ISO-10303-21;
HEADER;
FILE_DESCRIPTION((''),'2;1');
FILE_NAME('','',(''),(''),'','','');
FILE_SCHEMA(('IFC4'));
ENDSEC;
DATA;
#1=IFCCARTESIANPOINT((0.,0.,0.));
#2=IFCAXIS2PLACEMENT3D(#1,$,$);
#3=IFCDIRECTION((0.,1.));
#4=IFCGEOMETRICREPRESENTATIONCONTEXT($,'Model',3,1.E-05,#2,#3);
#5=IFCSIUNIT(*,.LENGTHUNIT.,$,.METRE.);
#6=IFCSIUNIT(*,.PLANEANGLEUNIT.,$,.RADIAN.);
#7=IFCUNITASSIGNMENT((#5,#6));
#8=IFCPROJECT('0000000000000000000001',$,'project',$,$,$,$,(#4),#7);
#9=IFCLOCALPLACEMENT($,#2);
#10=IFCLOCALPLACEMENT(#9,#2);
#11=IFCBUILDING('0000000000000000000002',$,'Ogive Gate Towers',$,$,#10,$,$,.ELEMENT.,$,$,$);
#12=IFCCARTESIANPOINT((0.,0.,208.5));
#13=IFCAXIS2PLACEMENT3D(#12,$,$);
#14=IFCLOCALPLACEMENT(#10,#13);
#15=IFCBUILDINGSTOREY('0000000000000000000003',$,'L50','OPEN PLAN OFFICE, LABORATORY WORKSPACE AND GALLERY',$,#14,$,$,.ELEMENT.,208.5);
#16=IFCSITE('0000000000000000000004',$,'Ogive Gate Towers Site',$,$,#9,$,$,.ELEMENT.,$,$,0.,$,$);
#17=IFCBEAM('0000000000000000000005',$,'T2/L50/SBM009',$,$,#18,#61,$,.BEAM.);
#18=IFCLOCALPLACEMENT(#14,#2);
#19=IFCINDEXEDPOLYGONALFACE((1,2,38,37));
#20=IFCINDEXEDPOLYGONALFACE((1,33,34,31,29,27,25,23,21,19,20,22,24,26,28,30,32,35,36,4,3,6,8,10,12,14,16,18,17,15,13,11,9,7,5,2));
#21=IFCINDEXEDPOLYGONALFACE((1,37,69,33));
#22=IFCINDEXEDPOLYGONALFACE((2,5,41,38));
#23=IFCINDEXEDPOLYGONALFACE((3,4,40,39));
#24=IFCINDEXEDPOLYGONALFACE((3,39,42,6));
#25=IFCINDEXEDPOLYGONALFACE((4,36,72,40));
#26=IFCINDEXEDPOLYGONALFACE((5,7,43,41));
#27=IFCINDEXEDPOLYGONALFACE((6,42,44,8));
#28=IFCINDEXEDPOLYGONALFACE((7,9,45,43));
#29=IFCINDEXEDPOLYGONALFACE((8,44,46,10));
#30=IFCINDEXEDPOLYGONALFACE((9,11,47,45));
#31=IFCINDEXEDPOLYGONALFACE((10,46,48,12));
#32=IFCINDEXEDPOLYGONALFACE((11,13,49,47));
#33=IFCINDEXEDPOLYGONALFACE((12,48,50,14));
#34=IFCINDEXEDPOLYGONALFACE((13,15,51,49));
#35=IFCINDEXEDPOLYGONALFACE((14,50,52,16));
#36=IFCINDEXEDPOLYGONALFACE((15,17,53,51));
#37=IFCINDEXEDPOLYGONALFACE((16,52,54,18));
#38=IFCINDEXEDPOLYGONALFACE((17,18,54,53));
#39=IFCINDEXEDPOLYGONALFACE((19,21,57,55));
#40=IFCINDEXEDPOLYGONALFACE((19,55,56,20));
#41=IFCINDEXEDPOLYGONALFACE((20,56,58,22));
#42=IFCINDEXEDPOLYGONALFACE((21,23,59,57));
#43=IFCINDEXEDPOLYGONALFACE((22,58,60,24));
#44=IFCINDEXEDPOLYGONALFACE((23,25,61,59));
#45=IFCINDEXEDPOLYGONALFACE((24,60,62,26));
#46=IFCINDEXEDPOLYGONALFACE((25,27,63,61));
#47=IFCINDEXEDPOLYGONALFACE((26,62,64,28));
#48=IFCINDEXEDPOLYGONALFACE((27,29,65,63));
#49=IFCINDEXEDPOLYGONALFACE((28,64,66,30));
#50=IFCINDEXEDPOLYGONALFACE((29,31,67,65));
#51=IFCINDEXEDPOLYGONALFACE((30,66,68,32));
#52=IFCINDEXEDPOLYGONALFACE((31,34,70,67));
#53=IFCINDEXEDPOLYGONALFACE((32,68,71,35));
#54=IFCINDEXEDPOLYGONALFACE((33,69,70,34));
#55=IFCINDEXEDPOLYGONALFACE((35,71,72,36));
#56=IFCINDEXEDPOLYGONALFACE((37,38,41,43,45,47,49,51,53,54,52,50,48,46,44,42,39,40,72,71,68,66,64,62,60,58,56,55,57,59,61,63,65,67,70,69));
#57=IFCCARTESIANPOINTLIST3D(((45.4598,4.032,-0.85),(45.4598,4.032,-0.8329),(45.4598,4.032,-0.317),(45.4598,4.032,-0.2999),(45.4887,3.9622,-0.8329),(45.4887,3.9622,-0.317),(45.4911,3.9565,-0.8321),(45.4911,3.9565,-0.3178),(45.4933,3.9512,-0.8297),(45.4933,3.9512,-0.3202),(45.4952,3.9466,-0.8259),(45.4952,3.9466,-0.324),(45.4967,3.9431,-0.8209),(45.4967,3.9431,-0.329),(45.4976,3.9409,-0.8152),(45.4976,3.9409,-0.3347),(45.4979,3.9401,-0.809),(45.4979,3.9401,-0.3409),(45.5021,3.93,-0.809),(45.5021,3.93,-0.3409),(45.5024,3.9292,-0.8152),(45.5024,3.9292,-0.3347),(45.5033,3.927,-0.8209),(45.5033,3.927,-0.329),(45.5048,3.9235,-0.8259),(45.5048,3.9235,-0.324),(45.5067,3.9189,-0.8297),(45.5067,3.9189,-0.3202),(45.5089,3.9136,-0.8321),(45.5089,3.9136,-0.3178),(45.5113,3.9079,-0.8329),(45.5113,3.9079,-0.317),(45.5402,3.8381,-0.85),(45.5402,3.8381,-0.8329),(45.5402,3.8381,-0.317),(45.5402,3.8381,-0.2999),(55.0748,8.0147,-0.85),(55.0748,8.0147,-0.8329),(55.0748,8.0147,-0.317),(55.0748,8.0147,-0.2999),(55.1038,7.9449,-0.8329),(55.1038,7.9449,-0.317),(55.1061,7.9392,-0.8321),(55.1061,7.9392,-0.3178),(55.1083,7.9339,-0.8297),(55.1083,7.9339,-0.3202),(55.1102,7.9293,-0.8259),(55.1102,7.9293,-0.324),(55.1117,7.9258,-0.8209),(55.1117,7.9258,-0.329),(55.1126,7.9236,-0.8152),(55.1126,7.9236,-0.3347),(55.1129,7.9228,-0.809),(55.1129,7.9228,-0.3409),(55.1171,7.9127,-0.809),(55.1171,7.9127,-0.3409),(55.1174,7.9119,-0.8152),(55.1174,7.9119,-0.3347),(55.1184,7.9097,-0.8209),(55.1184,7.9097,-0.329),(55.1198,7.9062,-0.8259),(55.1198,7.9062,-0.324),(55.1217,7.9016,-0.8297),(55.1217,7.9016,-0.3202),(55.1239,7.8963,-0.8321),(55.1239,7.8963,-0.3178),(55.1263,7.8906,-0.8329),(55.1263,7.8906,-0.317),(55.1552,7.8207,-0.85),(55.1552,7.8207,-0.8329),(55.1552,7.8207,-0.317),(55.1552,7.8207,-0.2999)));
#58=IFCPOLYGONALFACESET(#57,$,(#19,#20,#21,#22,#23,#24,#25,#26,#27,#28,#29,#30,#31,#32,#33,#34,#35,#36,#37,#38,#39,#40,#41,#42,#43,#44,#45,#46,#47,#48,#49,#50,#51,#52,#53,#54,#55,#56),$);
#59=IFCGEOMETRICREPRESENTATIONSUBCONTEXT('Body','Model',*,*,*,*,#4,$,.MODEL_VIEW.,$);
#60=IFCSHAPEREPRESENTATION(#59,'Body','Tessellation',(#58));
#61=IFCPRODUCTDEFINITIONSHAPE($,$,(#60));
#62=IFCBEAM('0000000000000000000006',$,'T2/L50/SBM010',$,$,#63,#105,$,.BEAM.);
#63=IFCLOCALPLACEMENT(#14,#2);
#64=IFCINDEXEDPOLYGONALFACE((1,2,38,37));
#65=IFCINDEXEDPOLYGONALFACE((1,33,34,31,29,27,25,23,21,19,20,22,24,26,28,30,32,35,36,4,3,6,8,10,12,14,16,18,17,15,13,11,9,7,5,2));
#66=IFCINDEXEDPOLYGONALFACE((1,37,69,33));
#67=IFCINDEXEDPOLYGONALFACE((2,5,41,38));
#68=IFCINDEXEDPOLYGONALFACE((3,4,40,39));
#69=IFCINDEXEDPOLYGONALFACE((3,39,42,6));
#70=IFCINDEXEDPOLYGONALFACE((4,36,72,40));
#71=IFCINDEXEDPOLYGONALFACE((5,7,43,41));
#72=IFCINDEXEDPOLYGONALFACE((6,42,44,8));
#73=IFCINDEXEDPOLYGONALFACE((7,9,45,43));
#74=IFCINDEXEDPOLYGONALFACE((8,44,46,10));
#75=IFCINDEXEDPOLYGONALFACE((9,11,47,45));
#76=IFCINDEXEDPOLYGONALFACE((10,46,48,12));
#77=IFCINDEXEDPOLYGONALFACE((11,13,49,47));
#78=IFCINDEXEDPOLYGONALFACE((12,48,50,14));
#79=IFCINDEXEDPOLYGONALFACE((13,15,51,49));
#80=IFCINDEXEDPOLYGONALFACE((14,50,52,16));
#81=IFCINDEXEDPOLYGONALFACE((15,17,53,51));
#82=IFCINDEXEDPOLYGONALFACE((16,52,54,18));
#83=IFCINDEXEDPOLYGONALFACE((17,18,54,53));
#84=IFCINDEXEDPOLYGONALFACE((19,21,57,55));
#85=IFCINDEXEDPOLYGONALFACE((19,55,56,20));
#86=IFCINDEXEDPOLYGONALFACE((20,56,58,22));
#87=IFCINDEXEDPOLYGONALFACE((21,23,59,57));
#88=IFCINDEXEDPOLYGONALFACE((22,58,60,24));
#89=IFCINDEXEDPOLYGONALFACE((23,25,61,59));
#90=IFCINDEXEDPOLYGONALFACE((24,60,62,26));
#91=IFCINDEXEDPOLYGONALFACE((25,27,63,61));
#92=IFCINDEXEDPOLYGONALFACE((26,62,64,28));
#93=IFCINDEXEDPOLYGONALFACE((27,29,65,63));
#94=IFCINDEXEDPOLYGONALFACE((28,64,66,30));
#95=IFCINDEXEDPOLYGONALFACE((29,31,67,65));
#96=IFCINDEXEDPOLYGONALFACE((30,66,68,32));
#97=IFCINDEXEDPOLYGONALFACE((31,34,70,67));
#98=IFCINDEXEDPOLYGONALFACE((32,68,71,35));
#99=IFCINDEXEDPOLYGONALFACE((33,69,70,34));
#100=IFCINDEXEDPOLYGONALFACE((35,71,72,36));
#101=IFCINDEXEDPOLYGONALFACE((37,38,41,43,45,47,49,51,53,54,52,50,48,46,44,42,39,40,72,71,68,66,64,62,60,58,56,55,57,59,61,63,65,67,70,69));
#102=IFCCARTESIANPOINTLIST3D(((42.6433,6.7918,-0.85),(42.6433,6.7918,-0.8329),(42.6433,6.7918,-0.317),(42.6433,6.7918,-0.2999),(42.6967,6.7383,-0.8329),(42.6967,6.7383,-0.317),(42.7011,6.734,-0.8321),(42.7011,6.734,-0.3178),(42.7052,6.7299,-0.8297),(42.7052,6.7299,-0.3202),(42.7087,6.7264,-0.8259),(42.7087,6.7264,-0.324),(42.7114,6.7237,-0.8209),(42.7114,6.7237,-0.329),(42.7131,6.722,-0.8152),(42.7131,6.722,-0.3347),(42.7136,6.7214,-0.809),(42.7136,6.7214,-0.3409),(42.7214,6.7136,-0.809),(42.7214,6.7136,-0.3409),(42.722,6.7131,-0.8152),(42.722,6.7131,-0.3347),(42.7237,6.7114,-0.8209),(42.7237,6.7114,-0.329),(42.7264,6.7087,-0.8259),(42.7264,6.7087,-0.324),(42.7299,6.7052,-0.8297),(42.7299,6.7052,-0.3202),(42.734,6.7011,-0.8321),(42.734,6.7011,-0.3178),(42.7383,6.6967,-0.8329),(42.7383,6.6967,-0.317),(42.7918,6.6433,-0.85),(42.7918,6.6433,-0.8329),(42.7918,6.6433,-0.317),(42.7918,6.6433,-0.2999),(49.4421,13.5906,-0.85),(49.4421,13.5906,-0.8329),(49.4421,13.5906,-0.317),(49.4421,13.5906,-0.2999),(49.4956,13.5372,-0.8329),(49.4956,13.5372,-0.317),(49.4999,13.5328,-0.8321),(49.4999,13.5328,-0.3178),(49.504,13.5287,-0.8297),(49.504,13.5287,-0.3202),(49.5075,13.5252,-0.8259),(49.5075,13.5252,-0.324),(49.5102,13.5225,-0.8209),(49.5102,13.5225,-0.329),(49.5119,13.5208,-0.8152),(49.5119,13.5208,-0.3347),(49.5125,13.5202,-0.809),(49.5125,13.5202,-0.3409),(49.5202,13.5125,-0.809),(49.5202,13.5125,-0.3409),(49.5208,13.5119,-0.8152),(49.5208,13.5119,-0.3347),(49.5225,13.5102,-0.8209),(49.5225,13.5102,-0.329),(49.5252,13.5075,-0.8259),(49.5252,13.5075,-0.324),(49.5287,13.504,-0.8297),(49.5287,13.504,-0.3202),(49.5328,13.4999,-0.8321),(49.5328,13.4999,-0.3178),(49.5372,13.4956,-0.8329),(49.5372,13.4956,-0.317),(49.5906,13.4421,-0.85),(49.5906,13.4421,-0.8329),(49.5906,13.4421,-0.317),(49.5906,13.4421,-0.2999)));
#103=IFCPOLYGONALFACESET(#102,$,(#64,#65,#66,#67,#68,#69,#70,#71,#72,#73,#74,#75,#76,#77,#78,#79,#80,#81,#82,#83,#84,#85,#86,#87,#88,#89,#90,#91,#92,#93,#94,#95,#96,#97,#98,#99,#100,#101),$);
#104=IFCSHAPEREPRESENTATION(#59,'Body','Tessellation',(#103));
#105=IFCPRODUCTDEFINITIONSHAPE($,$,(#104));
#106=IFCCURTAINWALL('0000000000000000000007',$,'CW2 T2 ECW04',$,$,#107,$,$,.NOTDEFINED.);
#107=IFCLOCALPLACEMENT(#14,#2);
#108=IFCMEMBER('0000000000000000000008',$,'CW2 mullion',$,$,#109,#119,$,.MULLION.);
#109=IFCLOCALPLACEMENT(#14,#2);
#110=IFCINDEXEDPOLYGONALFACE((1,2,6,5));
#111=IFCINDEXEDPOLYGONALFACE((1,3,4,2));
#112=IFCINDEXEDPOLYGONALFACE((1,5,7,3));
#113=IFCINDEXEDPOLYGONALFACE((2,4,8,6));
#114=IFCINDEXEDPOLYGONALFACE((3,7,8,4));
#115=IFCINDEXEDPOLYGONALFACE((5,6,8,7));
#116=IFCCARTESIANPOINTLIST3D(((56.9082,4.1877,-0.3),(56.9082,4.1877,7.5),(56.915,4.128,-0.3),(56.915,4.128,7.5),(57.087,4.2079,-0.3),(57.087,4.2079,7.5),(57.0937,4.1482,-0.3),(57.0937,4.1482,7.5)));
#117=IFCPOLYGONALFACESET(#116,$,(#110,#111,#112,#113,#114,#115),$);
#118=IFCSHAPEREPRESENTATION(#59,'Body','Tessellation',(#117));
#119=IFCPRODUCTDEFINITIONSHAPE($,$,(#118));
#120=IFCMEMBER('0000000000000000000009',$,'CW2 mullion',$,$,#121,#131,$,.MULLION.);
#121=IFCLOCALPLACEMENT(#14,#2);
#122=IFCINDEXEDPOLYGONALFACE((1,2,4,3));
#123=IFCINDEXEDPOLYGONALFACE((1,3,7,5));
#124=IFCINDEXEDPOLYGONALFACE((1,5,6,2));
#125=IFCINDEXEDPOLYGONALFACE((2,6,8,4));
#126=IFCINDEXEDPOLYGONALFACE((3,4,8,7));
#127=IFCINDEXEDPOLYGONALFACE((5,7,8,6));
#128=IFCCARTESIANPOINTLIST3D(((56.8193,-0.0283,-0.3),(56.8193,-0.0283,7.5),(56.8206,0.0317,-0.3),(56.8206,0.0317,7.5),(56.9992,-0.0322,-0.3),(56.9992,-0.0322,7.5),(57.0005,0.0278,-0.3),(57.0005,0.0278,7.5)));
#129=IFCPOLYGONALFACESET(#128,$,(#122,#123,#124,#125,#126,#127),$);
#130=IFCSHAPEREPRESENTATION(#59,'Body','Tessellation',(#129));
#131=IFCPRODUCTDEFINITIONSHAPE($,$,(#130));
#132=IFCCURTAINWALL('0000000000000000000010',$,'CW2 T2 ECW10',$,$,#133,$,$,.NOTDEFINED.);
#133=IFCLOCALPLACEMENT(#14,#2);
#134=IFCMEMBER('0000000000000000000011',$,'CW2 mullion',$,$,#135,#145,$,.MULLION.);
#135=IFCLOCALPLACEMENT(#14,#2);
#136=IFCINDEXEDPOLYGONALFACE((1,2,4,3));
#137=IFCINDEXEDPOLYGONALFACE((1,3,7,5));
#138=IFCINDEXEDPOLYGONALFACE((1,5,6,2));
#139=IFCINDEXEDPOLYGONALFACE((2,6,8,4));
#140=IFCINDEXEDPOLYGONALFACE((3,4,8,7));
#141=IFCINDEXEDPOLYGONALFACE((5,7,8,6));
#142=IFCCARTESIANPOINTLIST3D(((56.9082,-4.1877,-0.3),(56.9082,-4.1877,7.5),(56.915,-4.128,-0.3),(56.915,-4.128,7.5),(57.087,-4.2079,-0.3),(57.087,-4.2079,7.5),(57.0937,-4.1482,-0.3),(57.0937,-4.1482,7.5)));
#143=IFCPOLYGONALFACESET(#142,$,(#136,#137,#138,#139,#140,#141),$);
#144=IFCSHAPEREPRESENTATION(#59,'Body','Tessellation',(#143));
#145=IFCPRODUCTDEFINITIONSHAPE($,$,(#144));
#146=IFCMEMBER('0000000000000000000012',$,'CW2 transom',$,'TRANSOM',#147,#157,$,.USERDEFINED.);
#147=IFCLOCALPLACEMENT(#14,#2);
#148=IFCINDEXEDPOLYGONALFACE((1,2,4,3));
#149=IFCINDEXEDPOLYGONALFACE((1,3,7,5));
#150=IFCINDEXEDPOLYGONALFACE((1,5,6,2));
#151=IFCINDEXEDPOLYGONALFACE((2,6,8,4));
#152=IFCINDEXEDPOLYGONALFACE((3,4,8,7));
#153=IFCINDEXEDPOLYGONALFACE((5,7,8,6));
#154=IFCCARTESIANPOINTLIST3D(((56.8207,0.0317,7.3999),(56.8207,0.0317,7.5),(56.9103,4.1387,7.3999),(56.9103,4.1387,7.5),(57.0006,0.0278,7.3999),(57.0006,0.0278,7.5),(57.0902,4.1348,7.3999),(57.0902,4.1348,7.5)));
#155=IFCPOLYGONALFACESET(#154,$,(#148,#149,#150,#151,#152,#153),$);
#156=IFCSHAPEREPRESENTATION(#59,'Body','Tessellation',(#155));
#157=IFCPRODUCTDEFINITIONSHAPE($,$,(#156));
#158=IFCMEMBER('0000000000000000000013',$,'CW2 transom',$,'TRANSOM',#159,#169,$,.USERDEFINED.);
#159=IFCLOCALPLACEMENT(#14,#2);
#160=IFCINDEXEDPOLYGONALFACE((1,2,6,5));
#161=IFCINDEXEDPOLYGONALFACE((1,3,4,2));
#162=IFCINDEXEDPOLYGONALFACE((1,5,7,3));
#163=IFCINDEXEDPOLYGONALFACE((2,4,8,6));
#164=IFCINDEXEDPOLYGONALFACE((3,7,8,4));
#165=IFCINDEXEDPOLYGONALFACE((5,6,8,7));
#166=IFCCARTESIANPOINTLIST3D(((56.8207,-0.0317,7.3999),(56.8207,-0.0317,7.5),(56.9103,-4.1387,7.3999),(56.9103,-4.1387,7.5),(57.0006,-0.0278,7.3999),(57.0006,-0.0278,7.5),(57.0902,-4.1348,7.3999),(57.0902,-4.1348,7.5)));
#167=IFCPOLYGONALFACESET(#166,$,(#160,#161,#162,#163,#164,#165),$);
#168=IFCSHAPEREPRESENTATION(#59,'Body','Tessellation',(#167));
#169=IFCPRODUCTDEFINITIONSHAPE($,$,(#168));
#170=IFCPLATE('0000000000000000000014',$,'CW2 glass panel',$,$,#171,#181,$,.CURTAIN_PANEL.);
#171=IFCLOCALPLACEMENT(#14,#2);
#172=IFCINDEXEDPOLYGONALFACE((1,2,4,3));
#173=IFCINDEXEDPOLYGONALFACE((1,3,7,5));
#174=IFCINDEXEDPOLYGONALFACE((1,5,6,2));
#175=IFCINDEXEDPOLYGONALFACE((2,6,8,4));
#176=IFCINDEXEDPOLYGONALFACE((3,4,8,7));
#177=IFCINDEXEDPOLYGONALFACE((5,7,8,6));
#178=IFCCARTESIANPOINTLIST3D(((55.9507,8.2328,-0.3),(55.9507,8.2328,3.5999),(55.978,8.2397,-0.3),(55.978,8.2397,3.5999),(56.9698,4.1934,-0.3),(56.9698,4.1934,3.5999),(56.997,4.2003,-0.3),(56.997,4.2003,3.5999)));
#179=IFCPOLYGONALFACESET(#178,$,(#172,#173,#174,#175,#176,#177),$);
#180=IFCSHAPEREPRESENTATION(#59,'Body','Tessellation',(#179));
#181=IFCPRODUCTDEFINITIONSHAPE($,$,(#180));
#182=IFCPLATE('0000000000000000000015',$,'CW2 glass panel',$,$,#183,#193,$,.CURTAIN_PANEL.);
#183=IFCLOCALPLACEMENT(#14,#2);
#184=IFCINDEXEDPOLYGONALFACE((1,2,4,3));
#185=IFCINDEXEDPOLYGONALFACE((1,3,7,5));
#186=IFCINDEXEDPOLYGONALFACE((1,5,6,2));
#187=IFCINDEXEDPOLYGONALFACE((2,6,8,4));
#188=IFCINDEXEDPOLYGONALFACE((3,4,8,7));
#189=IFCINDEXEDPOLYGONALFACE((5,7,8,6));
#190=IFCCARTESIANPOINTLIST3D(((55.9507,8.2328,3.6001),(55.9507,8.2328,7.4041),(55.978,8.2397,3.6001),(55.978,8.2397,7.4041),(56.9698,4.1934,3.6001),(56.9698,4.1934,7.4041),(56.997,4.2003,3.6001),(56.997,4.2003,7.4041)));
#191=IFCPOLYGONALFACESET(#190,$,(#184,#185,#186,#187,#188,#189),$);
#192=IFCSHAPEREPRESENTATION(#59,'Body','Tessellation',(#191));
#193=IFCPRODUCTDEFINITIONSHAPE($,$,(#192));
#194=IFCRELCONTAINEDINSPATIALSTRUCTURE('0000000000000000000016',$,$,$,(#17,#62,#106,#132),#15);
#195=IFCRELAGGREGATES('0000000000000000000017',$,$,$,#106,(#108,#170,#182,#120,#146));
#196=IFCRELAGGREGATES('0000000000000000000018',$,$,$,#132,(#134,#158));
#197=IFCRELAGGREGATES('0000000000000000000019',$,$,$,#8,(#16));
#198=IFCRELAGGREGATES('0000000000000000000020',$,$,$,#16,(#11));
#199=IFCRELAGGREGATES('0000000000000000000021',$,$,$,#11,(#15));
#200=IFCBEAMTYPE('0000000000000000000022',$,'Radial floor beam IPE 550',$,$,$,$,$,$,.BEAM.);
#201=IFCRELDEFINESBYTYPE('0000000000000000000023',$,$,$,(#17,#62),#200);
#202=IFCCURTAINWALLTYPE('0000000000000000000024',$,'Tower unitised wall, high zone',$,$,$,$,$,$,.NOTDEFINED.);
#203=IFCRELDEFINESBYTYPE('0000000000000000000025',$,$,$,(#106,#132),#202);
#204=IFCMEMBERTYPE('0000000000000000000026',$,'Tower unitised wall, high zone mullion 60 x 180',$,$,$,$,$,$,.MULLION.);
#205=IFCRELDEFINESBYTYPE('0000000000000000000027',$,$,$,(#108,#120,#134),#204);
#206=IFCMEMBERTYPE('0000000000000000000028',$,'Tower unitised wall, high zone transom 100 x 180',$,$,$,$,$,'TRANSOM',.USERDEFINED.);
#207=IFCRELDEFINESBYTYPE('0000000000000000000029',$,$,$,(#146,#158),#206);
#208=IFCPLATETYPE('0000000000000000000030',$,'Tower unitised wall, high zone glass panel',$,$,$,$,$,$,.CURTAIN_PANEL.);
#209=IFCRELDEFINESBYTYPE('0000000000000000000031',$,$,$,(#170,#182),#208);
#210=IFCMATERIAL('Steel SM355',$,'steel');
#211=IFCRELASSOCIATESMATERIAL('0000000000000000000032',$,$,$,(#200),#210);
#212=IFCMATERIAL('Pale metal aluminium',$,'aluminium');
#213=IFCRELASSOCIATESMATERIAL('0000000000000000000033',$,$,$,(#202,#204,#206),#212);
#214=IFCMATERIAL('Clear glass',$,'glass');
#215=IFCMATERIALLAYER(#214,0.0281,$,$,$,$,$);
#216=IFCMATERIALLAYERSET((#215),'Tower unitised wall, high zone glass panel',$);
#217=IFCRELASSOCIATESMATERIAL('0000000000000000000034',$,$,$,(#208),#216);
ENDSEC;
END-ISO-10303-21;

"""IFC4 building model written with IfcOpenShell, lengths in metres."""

from ifc_helpers import new_model, si_unit, direction, frame, origin, origin_2d, place, context, subcontext, project, spatial, rectangle, i_section, extrude, material, layer, layer_set, material_profile, profile_set, type_object, element, aggregate, save


model = new_model("IFC4")

# Units and contexts
model_context = context("Model", 3, precision=1e-05, world=origin(), true_north=direction((0.0, 1.0)))
body_context = subcontext(model_context, "Body", "Model", "MODEL_VIEW")
ifc_project = project(units=[si_unit("LENGTHUNIT", "METRE"), si_unit("PLANEANGLEUNIT", "RADIAN")], contexts=[model_context])

# Site, building, storey
site_placement = place(None, origin())
site = spatial("IfcSite", under=ifc_project, at=site_placement, Name="Ogive Gate Towers Site", CompositionType="ELEMENT", RefElevation=0.0)
building_placement = place(site_placement, origin())
building = spatial("IfcBuilding", under=site, at=building_placement, Name="Ogive Gate Towers", CompositionType="ELEMENT")
storey_placement = place(building_placement, frame((0.0, 0.0, 208.5)))
storey = spatial("IfcBuildingStorey", under=building, at=storey_placement, Name="L50", Description="OPEN PLAN OFFICE, LABORATORY WORKSPACE AND GALLERY", CompositionType="ELEMENT", Elevation=208.5)

# Beams
ifc_material_1 = material(Name="Steel SM355", Category="steel")
ifc_material_profile_1 = material_profile(ifc_material_1, i_section(OverallWidth=0.21, OverallDepth=0.55, WebThickness=0.011, FlangeThickness=0.0171, FilletRadius=0.0239, at=origin_2d()), Name="IPE 550")
ifc_profile_set_1 = profile_set([ifc_material_profile_1], Name="Steel SM355")
beam_type_1 = type_object("IfcBeamType", Name="Radial floor beam IPE 550", PredefinedType="BEAM", material=ifc_profile_set_1)
beam_1_placement = place(storey_placement, frame((45.5, 3.9351, -0.575), z_axis=(0.923879, 0.382684, 0.0), x_axis=(-0.382684, 0.923879, 0.0)))
element("IfcBeam", 1, at=beam_1_placement, inside=storey, type_object=beam_type_1, Name="T2/L50/SBM009", PredefinedType="BEAM", context=body_context, shape_type="SweptSolid", body=[
    extrude(i_section(OverallWidth=0.21, OverallDepth=0.55, WebThickness=0.011, FlangeThickness=0.0171, FilletRadius=0.0239, at=origin_2d()), origin(), (0.0, 0.0, 1.0), 10.4072),
])
beam_2_placement = place(storey_placement, frame((42.7175, 6.7175, -0.575), z_axis=(0.707107, 0.707107, 0.0), x_axis=(-0.707107, 0.707107, 0.0)))
element("IfcBeam", 2, at=beam_2_placement, inside=storey, type_object=beam_type_1, Name="T2/L50/SBM010", PredefinedType="BEAM", context=body_context, shape_type="SweptSolid", body=[
    extrude(i_section(OverallWidth=0.21, OverallDepth=0.55, WebThickness=0.011, FlangeThickness=0.0171, FilletRadius=0.0239, at=origin_2d()), origin(), (0.0, 0.0, 1.0), 9.615),
])

# Curtain wall, members
ifc_material_2 = material(Name="Pale metal aluminium", Category="aluminium")
curtain_wall_type = type_object("IfcCurtainWallType", Name="Tower unitised wall, high zone", PredefinedType="NOTDEFINED", material=ifc_material_2)
curtain_wall_1_placement = place(storey_placement, origin())
curtain_wall_1 = element("IfcCurtainWall", 3, at=curtain_wall_1_placement, inside=storey, type_object=curtain_wall_type, Name="CW2 T2 ECW04", PredefinedType="NOTDEFINED")
ifc_material_profile_2 = material_profile(ifc_material_2, rectangle(XDim=0.1799, YDim=0.0601, at=origin_2d()), Name="60 x 180 aluminium box")
ifc_profile_set_2 = profile_set([ifc_material_profile_2], Name="Pale metal aluminium")
member_type_1 = type_object("IfcMemberType", Name="Tower unitised wall, high zone mullion 60 x 180", PredefinedType="MULLION", material=ifc_profile_set_2)
member_1_placement = place(storey_placement, frame((57.001, 4.168, -0.3), z_axis=(0.0, 0.0, 1.0), x_axis=(-0.993662, -0.112405, 0.0)))
member_1 = element("IfcMember", 4, at=member_1_placement, type_object=member_type_1, Name="CW2 mullion", PredefinedType="MULLION", context=body_context, shape_type="SweptSolid", body=[
    extrude(rectangle(XDim=0.1799, YDim=0.0601, at=origin_2d()), origin(), (0.0, 0.0, 1.0), 7.8),
])
member_2_placement = place(storey_placement, frame((56.9099, -0.0002, -0.3), z_axis=(0.0, 0.0, 1.0), x_axis=(-0.999762, 0.021832, 0.0)))
member_2 = element("IfcMember", 5, at=member_2_placement, type_object=member_type_1, Name="CW2 mullion", PredefinedType="MULLION", context=body_context, shape_type="SweptSolid", body=[
    extrude(rectangle(XDim=0.1799, YDim=0.0601, at=origin_2d()), origin(), (0.0, 0.0, 1.0), 7.8),
])

# Curtain wall, member
curtain_wall_2_placement = place(storey_placement, origin())
curtain_wall_2 = element("IfcCurtainWall", 6, at=curtain_wall_2_placement, inside=storey, type_object=curtain_wall_type, Name="CW2 T2 ECW10", PredefinedType="NOTDEFINED")
member_3_placement = place(storey_placement, frame((57.001, -4.168, -0.3), z_axis=(0.0, 0.0, 1.0), x_axis=(-0.993662, 0.112405, 0.0)))
member_3 = element("IfcMember", 7, at=member_3_placement, type_object=member_type_1, Name="CW2 mullion", PredefinedType="MULLION", context=body_context, shape_type="SweptSolid", body=[
    extrude(rectangle(XDim=0.1799, YDim=0.0601, at=origin_2d()), origin(), (0.0, 0.0, 1.0), 7.8),
])

# Members
ifc_material_profile_3 = material_profile(ifc_material_2, rectangle(XDim=0.1799, YDim=0.1001, at=origin_2d()), Name="100 x 180 aluminium box")
ifc_profile_set_3 = profile_set([ifc_material_profile_3], Name="Pale metal aluminium")
member_type_2 = type_object("IfcMemberType", Name="Tower unitised wall, high zone transom 100 x 180", ElementType="TRANSOM", PredefinedType="USERDEFINED", material=ifc_profile_set_3)
member_4_placement = place(storey_placement, frame((57.0002, 4.1367, 7.45), z_axis=(-0.021811, -0.999762, 0.0), x_axis=(0.999762, -0.021811, 0.0)))
member_4 = element("IfcMember", 8, at=member_4_placement, type_object=member_type_2, Name="CW2 transom", ObjectType="TRANSOM", PredefinedType="USERDEFINED", context=body_context, shape_type="SweptSolid", body=[
    extrude(rectangle(XDim=0.1799, YDim=0.1001, at=origin_2d()), origin(), (0.0, 0.0, 1.0), 4.1079),
])
member_5_placement = place(storey_placement, frame((56.9106, -0.0298, 7.45), z_axis=(0.021811, -0.999762, 0.0), x_axis=(0.999762, 0.021811, 0.0)))
member_5 = element("IfcMember", 9, at=member_5_placement, type_object=member_type_2, Name="CW2 transom", ObjectType="TRANSOM", PredefinedType="USERDEFINED", context=body_context, shape_type="SweptSolid", body=[
    extrude(rectangle(XDim=0.1799, YDim=0.1001, at=origin_2d()), origin(), (0.0, 0.0, 1.0), 4.1079),
])

# Plates
ifc_material_3 = material(Name="Clear glass", Category="glass")
ifc_layer_1 = layer(ifc_material_3, 0.0281)
ifc_layer_set_1 = layer_set([ifc_layer_1], Name="Tower unitised wall, high zone glass panel")
plate_type = type_object("IfcPlateType", Name="Tower unitised wall, high zone glass panel", PredefinedType="CURTAIN_PANEL", material=ifc_layer_set_1)
plate_1_placement = place(storey_placement, frame((56.4739, 6.2166, -0.3), z_axis=(0.0, 0.0, 1.0), x_axis=(0.244614, -0.969621, 0.0)))
plate_1 = element("IfcPlate", 10, at=plate_1_placement, type_object=plate_type, Name="CW2 glass panel", PredefinedType="CURTAIN_PANEL", context=body_context, shape_type="SweptSolid", body=[
    extrude(rectangle(XDim=4.166, YDim=0.0281, at=origin_2d()), origin(), (0.0, 0.0, 1.0), 3.8999),
])
plate_2_placement = place(storey_placement, frame((56.4739, 6.2166, 3.6001), z_axis=(0.0, 0.0, 1.0), x_axis=(0.244614, -0.969621, 0.0)))
plate_2 = element("IfcPlate", 11, at=plate_2_placement, type_object=plate_type, Name="CW2 glass panel", PredefinedType="CURTAIN_PANEL", context=body_context, shape_type="SweptSolid", body=[
    extrude(rectangle(XDim=4.166, YDim=0.0281, at=origin_2d()), origin(), (0.0, 0.0, 1.0), 3.804),
])
aggregate(curtain_wall_1, [member_1, plate_1, plate_2, member_2, member_4])
aggregate(curtain_wall_2, [member_3, member_5])

save(model, "model.ifc")
